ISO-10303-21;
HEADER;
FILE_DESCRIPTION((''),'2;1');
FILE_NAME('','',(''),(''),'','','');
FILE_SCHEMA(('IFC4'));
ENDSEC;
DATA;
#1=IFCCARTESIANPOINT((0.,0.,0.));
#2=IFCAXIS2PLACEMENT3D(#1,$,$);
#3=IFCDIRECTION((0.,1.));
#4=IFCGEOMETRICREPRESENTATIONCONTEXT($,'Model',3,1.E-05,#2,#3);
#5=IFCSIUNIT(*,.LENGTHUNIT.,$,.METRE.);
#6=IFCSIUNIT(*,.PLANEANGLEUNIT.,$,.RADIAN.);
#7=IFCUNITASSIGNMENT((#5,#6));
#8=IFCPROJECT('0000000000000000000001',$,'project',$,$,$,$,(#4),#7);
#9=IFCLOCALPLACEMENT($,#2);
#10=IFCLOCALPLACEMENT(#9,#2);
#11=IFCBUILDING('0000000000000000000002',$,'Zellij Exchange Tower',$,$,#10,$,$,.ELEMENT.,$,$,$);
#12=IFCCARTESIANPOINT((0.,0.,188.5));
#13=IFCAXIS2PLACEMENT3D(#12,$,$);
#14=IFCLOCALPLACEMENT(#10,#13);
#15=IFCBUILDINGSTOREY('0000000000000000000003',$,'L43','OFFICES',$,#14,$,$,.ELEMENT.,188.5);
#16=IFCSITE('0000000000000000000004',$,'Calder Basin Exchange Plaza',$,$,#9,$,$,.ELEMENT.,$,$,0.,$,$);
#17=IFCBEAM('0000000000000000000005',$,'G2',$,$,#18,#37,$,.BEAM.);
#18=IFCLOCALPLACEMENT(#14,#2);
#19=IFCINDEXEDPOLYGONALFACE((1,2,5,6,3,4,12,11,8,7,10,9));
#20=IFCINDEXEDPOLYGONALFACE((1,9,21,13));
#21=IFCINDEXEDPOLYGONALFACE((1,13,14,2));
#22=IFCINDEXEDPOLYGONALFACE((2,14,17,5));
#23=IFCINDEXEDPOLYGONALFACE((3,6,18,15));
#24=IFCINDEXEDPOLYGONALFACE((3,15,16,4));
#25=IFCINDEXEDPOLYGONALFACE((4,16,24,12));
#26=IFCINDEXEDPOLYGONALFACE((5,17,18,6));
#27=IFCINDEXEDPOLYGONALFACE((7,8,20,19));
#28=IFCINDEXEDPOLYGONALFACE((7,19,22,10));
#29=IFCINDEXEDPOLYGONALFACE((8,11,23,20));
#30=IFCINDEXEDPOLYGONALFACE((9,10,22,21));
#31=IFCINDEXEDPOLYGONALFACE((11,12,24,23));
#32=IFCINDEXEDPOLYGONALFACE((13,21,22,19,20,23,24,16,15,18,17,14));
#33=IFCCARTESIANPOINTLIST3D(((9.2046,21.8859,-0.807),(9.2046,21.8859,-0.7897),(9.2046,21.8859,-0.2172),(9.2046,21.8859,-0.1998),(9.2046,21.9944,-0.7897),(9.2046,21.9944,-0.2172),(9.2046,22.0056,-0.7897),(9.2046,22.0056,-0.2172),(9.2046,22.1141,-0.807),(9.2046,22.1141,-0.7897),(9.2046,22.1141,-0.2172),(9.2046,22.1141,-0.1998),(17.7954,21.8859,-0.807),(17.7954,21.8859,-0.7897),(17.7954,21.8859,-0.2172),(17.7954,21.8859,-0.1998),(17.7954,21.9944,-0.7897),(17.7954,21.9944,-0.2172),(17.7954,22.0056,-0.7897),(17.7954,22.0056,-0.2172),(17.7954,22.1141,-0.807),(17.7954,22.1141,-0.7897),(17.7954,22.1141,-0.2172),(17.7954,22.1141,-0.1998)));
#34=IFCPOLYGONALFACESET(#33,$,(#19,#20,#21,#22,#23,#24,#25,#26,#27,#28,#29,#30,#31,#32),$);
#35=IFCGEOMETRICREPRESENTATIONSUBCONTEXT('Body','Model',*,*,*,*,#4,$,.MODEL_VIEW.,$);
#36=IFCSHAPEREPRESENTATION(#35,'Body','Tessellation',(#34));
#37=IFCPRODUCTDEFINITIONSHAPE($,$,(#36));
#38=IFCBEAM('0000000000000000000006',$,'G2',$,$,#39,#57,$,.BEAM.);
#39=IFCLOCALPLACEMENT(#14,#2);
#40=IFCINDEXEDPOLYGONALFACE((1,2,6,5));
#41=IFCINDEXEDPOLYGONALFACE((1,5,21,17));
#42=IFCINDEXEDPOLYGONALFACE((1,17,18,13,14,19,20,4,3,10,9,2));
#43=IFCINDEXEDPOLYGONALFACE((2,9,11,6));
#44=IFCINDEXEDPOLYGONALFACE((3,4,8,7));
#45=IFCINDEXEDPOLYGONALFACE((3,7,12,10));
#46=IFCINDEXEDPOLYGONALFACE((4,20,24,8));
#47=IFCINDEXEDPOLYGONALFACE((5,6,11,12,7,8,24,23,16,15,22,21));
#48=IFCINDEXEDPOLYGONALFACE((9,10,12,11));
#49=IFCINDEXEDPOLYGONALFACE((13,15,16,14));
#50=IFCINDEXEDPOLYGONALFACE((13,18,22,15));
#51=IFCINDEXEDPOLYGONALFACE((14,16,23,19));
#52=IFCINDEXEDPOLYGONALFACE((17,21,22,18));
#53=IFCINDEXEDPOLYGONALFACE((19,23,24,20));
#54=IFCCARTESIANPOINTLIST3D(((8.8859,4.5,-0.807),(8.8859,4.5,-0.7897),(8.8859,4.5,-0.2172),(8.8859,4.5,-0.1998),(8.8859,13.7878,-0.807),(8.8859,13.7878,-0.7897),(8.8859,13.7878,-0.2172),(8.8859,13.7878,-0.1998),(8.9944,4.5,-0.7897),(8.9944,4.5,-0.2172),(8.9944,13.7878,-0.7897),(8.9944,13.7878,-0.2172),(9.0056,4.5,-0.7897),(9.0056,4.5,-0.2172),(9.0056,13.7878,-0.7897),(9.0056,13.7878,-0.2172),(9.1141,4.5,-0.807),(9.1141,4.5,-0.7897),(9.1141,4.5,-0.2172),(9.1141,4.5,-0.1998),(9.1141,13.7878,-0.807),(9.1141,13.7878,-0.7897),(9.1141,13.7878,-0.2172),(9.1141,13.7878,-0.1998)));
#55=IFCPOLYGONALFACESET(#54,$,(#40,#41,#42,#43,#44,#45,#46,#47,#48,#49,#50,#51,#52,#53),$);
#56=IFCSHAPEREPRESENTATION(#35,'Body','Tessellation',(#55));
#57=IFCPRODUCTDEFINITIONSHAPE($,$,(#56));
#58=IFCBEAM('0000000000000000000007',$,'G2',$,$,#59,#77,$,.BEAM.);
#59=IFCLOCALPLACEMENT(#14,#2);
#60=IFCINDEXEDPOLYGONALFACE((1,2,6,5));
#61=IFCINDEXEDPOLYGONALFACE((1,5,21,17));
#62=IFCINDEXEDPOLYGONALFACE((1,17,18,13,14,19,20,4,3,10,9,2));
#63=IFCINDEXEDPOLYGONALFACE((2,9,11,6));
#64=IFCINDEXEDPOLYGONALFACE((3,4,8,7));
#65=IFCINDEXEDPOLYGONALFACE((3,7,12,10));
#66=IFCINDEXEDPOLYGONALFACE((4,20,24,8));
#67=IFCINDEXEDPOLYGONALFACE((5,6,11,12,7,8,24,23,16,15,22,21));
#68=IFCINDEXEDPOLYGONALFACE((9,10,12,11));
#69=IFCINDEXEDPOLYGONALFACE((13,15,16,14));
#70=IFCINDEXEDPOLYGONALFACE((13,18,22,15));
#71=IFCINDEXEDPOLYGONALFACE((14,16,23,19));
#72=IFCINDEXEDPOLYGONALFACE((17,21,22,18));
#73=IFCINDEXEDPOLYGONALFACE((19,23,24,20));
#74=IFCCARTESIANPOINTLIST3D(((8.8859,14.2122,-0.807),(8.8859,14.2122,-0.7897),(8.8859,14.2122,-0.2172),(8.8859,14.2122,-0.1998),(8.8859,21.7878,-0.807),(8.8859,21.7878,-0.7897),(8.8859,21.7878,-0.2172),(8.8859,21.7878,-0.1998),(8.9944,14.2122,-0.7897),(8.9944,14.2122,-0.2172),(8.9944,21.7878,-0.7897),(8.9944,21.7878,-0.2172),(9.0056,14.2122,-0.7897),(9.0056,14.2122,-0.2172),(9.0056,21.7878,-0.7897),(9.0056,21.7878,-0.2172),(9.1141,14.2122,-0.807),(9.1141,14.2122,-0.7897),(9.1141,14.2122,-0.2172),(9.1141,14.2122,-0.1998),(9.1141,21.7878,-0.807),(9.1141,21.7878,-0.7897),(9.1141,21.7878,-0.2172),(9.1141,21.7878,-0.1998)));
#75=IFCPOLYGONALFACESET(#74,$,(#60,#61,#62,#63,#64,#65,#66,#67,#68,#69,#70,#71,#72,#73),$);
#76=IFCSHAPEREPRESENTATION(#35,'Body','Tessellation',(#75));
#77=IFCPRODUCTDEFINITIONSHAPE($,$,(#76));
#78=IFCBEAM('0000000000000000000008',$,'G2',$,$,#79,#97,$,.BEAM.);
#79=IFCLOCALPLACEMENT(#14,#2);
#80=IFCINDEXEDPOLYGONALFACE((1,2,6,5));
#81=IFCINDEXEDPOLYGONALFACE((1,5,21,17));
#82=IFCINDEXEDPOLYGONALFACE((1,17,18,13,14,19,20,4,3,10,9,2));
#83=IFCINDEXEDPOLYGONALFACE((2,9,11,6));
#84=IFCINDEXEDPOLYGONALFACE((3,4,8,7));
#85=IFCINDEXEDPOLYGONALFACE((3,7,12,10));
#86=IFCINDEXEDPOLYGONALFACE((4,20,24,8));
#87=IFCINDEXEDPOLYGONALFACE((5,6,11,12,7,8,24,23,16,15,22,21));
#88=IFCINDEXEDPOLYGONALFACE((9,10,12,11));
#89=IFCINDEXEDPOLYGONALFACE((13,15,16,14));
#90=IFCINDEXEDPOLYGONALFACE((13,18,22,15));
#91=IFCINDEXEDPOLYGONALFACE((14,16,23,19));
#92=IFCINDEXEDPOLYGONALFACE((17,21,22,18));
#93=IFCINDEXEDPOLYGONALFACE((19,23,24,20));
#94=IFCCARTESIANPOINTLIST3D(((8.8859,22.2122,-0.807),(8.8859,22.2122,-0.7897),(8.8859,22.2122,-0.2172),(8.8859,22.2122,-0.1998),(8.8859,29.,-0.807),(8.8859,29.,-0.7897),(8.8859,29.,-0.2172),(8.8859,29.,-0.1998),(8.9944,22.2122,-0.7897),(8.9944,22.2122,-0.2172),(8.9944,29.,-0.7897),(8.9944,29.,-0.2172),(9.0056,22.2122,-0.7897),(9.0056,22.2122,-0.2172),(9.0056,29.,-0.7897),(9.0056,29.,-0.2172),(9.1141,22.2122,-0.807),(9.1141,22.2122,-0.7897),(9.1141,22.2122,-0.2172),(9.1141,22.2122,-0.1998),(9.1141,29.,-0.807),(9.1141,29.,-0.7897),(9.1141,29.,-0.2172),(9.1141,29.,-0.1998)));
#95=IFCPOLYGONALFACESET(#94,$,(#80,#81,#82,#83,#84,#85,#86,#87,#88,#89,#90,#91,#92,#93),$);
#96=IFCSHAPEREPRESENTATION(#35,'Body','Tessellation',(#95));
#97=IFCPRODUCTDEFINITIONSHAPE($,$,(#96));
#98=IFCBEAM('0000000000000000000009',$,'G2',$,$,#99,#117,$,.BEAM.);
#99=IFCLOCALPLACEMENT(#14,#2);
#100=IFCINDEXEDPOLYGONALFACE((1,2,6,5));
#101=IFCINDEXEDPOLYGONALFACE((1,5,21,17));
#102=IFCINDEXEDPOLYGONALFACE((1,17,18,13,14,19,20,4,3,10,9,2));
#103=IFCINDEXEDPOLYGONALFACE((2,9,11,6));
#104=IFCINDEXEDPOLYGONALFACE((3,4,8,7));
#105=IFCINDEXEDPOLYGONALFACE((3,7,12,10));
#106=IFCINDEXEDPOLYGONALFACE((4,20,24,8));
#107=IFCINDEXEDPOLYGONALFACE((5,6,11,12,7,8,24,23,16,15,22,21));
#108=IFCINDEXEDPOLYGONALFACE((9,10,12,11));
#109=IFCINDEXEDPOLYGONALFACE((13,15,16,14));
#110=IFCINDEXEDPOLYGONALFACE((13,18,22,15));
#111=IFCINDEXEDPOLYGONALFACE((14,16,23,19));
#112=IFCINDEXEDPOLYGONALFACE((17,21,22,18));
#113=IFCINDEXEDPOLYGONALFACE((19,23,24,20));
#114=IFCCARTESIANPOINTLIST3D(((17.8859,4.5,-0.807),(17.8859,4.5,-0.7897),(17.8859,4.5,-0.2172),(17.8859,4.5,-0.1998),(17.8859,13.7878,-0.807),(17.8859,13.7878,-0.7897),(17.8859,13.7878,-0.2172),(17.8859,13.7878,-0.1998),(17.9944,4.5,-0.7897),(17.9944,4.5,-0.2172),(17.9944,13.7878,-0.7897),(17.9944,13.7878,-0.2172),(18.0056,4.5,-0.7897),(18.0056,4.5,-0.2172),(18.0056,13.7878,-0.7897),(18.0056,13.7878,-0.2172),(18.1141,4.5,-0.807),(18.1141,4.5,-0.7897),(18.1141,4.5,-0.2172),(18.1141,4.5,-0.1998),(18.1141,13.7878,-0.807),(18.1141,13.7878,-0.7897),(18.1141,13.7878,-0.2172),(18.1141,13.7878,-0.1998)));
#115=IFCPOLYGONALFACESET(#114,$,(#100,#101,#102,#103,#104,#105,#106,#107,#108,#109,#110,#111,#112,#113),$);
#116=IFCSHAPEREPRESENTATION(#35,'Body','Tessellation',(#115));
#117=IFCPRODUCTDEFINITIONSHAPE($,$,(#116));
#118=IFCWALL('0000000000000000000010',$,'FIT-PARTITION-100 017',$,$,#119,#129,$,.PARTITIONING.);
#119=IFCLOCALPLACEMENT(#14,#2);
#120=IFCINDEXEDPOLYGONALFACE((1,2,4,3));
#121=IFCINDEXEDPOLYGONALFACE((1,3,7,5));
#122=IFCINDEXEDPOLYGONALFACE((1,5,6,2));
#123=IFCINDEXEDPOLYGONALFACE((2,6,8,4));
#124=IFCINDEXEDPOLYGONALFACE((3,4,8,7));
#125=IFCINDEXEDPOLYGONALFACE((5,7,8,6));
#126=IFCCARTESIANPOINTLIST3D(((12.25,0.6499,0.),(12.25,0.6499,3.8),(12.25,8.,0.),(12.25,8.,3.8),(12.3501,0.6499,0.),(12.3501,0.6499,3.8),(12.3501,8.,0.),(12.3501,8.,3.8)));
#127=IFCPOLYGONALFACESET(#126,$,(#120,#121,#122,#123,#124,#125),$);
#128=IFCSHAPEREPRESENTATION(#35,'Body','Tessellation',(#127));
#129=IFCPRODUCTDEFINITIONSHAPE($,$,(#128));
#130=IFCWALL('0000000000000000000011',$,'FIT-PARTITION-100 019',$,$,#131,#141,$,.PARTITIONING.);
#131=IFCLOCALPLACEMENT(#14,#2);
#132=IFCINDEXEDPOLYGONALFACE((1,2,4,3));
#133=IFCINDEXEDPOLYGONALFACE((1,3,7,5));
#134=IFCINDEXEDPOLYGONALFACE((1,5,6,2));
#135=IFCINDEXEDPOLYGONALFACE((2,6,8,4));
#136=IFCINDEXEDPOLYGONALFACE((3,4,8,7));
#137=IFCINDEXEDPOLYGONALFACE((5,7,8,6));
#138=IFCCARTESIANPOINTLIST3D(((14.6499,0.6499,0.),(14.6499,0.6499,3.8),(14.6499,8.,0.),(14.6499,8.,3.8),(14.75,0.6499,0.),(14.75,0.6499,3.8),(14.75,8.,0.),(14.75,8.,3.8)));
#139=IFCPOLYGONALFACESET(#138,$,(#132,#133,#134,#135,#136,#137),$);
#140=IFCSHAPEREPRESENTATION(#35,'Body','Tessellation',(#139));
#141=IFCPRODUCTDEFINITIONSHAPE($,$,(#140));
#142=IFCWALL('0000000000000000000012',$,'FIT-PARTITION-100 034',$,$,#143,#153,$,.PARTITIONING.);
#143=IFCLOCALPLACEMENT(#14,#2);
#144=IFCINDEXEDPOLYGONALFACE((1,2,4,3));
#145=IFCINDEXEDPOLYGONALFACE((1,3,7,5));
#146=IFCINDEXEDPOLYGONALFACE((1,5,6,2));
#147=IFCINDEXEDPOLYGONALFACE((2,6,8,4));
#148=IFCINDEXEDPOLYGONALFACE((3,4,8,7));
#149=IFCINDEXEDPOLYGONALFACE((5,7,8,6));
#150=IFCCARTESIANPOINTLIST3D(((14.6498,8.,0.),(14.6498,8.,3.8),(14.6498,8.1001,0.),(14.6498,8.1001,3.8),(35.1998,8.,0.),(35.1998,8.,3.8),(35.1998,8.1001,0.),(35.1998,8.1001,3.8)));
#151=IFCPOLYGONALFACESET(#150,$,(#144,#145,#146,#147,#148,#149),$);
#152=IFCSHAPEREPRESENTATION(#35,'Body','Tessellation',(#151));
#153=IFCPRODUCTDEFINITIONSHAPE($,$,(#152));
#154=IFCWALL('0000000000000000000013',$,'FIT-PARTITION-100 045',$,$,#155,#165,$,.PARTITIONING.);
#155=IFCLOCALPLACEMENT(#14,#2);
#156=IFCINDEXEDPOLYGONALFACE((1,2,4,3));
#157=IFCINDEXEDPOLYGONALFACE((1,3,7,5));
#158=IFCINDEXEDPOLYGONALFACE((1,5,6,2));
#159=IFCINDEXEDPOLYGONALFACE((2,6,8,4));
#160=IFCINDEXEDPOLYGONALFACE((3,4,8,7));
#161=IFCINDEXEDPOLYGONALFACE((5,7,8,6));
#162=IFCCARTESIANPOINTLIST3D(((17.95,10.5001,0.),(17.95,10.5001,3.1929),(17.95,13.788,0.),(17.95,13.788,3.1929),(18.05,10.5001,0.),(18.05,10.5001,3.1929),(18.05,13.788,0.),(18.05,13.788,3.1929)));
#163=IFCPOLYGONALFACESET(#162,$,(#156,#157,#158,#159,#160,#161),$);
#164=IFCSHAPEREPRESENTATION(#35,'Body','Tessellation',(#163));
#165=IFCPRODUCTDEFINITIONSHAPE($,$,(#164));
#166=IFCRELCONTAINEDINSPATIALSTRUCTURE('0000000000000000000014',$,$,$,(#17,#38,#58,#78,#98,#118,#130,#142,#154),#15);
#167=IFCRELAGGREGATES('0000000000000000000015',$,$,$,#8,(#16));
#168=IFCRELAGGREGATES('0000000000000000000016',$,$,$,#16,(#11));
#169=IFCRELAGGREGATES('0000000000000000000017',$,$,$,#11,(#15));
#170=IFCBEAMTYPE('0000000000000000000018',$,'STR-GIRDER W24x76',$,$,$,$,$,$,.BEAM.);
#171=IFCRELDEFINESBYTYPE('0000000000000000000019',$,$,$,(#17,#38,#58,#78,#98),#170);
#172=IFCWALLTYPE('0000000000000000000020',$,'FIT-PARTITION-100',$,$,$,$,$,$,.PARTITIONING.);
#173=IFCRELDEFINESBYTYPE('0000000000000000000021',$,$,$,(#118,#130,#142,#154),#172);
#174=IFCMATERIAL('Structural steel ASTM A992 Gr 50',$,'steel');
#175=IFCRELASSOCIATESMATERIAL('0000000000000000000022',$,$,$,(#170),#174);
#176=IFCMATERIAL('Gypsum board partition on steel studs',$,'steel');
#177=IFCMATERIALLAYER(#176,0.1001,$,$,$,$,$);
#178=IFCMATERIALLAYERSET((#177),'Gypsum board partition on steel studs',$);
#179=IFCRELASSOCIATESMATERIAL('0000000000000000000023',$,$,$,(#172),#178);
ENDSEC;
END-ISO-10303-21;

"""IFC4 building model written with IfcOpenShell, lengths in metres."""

from ifc_helpers import new_model, si_unit, direction, frame, frame_2d, origin, origin_2d, place, context, subcontext, project, spatial, rectangle, i_section, extrude, material, layer, layer_set, material_profile, profile_set, type_object, element, save


model = new_model("IFC4")

# Units and contexts
model_context = context("Model", 3, precision=1e-05, world=origin(), true_north=direction((0.0, 1.0)))
body_context = subcontext(model_context, "Body", "Model", "MODEL_VIEW")
ifc_project = project(units=[si_unit("LENGTHUNIT", "METRE"), si_unit("PLANEANGLEUNIT", "RADIAN")], contexts=[model_context])

# Site, building, storey
site_placement = place(None, origin())
site = spatial("IfcSite", under=ifc_project, at=site_placement, Name="Calder Basin Exchange Plaza", CompositionType="ELEMENT", RefElevation=0.0)
building_placement = place(site_placement, origin())
building = spatial("IfcBuilding", under=site, at=building_placement, Name="Zellij Exchange Tower", CompositionType="ELEMENT")
storey_placement = place(building_placement, frame((0.0, 0.0, 188.5)))
storey = spatial("IfcBuildingStorey", under=building, at=storey_placement, Name="L43", Description="OFFICES", CompositionType="ELEMENT", Elevation=188.5)

# Beams
ifc_material_1 = material(Name="Structural steel ASTM A992 Gr 50", Category="steel")
ifc_material_profile_1 = material_profile(ifc_material_1, i_section(OverallWidth=0.2283, OverallDepth=0.6072, WebThickness=0.0112, FlangeThickness=0.0173, at=origin_2d()), Name="W24x76")
ifc_profile_set_1 = profile_set([ifc_material_profile_1], Name="Structural steel ASTM A992 Gr 50")
beam_type = type_object("IfcBeamType", Name="STR-GIRDER W24x76", PredefinedType="BEAM", material=ifc_profile_set_1)
for number, where, z_axis, x_axis, name in (
    (1, (9.2046, 22.0, -0.5034), (1.0, 0.0, 0.0), (0.0, 1.0, 0.0), "G2"),
):
    element("IfcBeam", number, at=place(storey_placement, frame(where, z_axis=z_axis, x_axis=x_axis)), inside=storey, type_object=beam_type, Name=name, PredefinedType="BEAM", context=body_context, shape_type="SweptSolid", body=[
        extrude(i_section(OverallWidth=0.2283, OverallDepth=0.6072, WebThickness=0.0112, FlangeThickness=0.0173, at=origin_2d()), origin(), (0.0, 0.0, 1.0), 8.5908),
    ])
beam_1_placement = place(storey_placement, frame((9.0, 4.5, -0.5034), z_axis=(0.0, 1.0, 0.0), x_axis=(-1.0, 0.0, 0.0)))
element("IfcBeam", 2, at=beam_1_placement, inside=storey, type_object=beam_type, Name="G2", PredefinedType="BEAM", context=body_context, shape_type="SweptSolid", body=[
    extrude(i_section(OverallWidth=0.2283, OverallDepth=0.6072, WebThickness=0.0112, FlangeThickness=0.0173, at=origin_2d()), origin(), (0.0, 0.0, 1.0), 9.2878),
])
beam_2_placement = place(storey_placement, frame((9.0, 14.2122, -0.5034), z_axis=(0.0, 1.0, 0.0), x_axis=(-1.0, 0.0, 0.0)))
element("IfcBeam", 3, at=beam_2_placement, inside=storey, type_object=beam_type, Name="G2", PredefinedType="BEAM", context=body_context, shape_type="SweptSolid", body=[
    extrude(i_section(OverallWidth=0.2283, OverallDepth=0.6072, WebThickness=0.0112, FlangeThickness=0.0173, at=origin_2d()), origin(), (0.0, 0.0, 1.0), 7.5757),
])
beam_3_placement = place(storey_placement, frame((9.0, 22.2122, -0.5034), z_axis=(0.0, 1.0, 0.0), x_axis=(-1.0, 0.0, 0.0)))
element("IfcBeam", 4, at=beam_3_placement, inside=storey, type_object=beam_type, Name="G2", PredefinedType="BEAM", context=body_context, shape_type="SweptSolid", body=[
    extrude(i_section(OverallWidth=0.2283, OverallDepth=0.6072, WebThickness=0.0112, FlangeThickness=0.0173, at=origin_2d()), origin(), (0.0, 0.0, 1.0), 6.7878),
])
beam_4_placement = place(storey_placement, frame((18.0, 4.5, -0.5034), z_axis=(0.0, 1.0, 0.0), x_axis=(-1.0, 0.0, 0.0)))
element("IfcBeam", 5, at=beam_4_placement, inside=storey, type_object=beam_type, Name="G2", PredefinedType="BEAM", context=body_context, shape_type="SweptSolid", body=[
    extrude(i_section(OverallWidth=0.2283, OverallDepth=0.6072, WebThickness=0.0112, FlangeThickness=0.0173, at=origin_2d()), origin(), (0.0, 0.0, 1.0), 9.2878),
])

# Walls
ifc_material_2 = material(Name="Gypsum board partition on steel studs", Category="steel")
ifc_layer_1 = layer(ifc_material_2, 0.1001)
ifc_layer_set_1 = layer_set([ifc_layer_1], Name="Gypsum board partition on steel studs")
wall_type = type_object("IfcWallType", Name="FIT-PARTITION-100", PredefinedType="PARTITIONING", material=ifc_layer_set_1)
for number, where, z_axis, x_axis, name in (
    (6, (12.3, 0.6499, 0.0), (0.0, 0.0, 1.0), (0.0, 1.0, 0.0), "FIT-PARTITION-100 017"),
    (7, (14.7, 0.6499, 0.0), (0.0, 0.0, 1.0), (0.0, 1.0, 0.0), "FIT-PARTITION-100 019"),
):
    element("IfcWall", number, at=place(storey_placement, frame(where, z_axis=z_axis, x_axis=x_axis)), inside=storey, type_object=wall_type, Name=name, PredefinedType="PARTITIONING", context=body_context, shape_type="SweptSolid", body=[
        extrude(rectangle(XDim=7.3501, YDim=0.1001, at=frame_2d((3.675, 0.0))), origin(), (0.0, 0.0, 1.0), 3.8),
    ])
wall_1_placement = place(storey_placement, frame((14.6499, 8.05, 0.0), z_axis=(0.0, 0.0, 1.0), x_axis=(1.0, 0.0, 0.0)))
element("IfcWall", 8, at=wall_1_placement, inside=storey, type_object=wall_type, Name="FIT-PARTITION-100 034", PredefinedType="PARTITIONING", context=body_context, shape_type="SweptSolid", body=[
    extrude(rectangle(XDim=20.55, YDim=0.1001, at=frame_2d((10.2749, 0.0))), origin(), (0.0, 0.0, 1.0), 3.8),
])
wall_2_placement = place(storey_placement, frame((18.0, 10.5, 0.0), z_axis=(0.0, 0.0, 1.0), x_axis=(0.0, 1.0, 0.0)))
element("IfcWall", 9, at=wall_2_placement, inside=storey, type_object=wall_type, Name="FIT-PARTITION-100 045", PredefinedType="PARTITIONING", context=body_context, shape_type="SweptSolid", body=[
    extrude(rectangle(XDim=3.2878, YDim=0.1001, at=frame_2d((1.644, 0.0))), origin(), (0.0, 0.0, 1.0), 3.1929),
])

save(model, "model.ifc")
